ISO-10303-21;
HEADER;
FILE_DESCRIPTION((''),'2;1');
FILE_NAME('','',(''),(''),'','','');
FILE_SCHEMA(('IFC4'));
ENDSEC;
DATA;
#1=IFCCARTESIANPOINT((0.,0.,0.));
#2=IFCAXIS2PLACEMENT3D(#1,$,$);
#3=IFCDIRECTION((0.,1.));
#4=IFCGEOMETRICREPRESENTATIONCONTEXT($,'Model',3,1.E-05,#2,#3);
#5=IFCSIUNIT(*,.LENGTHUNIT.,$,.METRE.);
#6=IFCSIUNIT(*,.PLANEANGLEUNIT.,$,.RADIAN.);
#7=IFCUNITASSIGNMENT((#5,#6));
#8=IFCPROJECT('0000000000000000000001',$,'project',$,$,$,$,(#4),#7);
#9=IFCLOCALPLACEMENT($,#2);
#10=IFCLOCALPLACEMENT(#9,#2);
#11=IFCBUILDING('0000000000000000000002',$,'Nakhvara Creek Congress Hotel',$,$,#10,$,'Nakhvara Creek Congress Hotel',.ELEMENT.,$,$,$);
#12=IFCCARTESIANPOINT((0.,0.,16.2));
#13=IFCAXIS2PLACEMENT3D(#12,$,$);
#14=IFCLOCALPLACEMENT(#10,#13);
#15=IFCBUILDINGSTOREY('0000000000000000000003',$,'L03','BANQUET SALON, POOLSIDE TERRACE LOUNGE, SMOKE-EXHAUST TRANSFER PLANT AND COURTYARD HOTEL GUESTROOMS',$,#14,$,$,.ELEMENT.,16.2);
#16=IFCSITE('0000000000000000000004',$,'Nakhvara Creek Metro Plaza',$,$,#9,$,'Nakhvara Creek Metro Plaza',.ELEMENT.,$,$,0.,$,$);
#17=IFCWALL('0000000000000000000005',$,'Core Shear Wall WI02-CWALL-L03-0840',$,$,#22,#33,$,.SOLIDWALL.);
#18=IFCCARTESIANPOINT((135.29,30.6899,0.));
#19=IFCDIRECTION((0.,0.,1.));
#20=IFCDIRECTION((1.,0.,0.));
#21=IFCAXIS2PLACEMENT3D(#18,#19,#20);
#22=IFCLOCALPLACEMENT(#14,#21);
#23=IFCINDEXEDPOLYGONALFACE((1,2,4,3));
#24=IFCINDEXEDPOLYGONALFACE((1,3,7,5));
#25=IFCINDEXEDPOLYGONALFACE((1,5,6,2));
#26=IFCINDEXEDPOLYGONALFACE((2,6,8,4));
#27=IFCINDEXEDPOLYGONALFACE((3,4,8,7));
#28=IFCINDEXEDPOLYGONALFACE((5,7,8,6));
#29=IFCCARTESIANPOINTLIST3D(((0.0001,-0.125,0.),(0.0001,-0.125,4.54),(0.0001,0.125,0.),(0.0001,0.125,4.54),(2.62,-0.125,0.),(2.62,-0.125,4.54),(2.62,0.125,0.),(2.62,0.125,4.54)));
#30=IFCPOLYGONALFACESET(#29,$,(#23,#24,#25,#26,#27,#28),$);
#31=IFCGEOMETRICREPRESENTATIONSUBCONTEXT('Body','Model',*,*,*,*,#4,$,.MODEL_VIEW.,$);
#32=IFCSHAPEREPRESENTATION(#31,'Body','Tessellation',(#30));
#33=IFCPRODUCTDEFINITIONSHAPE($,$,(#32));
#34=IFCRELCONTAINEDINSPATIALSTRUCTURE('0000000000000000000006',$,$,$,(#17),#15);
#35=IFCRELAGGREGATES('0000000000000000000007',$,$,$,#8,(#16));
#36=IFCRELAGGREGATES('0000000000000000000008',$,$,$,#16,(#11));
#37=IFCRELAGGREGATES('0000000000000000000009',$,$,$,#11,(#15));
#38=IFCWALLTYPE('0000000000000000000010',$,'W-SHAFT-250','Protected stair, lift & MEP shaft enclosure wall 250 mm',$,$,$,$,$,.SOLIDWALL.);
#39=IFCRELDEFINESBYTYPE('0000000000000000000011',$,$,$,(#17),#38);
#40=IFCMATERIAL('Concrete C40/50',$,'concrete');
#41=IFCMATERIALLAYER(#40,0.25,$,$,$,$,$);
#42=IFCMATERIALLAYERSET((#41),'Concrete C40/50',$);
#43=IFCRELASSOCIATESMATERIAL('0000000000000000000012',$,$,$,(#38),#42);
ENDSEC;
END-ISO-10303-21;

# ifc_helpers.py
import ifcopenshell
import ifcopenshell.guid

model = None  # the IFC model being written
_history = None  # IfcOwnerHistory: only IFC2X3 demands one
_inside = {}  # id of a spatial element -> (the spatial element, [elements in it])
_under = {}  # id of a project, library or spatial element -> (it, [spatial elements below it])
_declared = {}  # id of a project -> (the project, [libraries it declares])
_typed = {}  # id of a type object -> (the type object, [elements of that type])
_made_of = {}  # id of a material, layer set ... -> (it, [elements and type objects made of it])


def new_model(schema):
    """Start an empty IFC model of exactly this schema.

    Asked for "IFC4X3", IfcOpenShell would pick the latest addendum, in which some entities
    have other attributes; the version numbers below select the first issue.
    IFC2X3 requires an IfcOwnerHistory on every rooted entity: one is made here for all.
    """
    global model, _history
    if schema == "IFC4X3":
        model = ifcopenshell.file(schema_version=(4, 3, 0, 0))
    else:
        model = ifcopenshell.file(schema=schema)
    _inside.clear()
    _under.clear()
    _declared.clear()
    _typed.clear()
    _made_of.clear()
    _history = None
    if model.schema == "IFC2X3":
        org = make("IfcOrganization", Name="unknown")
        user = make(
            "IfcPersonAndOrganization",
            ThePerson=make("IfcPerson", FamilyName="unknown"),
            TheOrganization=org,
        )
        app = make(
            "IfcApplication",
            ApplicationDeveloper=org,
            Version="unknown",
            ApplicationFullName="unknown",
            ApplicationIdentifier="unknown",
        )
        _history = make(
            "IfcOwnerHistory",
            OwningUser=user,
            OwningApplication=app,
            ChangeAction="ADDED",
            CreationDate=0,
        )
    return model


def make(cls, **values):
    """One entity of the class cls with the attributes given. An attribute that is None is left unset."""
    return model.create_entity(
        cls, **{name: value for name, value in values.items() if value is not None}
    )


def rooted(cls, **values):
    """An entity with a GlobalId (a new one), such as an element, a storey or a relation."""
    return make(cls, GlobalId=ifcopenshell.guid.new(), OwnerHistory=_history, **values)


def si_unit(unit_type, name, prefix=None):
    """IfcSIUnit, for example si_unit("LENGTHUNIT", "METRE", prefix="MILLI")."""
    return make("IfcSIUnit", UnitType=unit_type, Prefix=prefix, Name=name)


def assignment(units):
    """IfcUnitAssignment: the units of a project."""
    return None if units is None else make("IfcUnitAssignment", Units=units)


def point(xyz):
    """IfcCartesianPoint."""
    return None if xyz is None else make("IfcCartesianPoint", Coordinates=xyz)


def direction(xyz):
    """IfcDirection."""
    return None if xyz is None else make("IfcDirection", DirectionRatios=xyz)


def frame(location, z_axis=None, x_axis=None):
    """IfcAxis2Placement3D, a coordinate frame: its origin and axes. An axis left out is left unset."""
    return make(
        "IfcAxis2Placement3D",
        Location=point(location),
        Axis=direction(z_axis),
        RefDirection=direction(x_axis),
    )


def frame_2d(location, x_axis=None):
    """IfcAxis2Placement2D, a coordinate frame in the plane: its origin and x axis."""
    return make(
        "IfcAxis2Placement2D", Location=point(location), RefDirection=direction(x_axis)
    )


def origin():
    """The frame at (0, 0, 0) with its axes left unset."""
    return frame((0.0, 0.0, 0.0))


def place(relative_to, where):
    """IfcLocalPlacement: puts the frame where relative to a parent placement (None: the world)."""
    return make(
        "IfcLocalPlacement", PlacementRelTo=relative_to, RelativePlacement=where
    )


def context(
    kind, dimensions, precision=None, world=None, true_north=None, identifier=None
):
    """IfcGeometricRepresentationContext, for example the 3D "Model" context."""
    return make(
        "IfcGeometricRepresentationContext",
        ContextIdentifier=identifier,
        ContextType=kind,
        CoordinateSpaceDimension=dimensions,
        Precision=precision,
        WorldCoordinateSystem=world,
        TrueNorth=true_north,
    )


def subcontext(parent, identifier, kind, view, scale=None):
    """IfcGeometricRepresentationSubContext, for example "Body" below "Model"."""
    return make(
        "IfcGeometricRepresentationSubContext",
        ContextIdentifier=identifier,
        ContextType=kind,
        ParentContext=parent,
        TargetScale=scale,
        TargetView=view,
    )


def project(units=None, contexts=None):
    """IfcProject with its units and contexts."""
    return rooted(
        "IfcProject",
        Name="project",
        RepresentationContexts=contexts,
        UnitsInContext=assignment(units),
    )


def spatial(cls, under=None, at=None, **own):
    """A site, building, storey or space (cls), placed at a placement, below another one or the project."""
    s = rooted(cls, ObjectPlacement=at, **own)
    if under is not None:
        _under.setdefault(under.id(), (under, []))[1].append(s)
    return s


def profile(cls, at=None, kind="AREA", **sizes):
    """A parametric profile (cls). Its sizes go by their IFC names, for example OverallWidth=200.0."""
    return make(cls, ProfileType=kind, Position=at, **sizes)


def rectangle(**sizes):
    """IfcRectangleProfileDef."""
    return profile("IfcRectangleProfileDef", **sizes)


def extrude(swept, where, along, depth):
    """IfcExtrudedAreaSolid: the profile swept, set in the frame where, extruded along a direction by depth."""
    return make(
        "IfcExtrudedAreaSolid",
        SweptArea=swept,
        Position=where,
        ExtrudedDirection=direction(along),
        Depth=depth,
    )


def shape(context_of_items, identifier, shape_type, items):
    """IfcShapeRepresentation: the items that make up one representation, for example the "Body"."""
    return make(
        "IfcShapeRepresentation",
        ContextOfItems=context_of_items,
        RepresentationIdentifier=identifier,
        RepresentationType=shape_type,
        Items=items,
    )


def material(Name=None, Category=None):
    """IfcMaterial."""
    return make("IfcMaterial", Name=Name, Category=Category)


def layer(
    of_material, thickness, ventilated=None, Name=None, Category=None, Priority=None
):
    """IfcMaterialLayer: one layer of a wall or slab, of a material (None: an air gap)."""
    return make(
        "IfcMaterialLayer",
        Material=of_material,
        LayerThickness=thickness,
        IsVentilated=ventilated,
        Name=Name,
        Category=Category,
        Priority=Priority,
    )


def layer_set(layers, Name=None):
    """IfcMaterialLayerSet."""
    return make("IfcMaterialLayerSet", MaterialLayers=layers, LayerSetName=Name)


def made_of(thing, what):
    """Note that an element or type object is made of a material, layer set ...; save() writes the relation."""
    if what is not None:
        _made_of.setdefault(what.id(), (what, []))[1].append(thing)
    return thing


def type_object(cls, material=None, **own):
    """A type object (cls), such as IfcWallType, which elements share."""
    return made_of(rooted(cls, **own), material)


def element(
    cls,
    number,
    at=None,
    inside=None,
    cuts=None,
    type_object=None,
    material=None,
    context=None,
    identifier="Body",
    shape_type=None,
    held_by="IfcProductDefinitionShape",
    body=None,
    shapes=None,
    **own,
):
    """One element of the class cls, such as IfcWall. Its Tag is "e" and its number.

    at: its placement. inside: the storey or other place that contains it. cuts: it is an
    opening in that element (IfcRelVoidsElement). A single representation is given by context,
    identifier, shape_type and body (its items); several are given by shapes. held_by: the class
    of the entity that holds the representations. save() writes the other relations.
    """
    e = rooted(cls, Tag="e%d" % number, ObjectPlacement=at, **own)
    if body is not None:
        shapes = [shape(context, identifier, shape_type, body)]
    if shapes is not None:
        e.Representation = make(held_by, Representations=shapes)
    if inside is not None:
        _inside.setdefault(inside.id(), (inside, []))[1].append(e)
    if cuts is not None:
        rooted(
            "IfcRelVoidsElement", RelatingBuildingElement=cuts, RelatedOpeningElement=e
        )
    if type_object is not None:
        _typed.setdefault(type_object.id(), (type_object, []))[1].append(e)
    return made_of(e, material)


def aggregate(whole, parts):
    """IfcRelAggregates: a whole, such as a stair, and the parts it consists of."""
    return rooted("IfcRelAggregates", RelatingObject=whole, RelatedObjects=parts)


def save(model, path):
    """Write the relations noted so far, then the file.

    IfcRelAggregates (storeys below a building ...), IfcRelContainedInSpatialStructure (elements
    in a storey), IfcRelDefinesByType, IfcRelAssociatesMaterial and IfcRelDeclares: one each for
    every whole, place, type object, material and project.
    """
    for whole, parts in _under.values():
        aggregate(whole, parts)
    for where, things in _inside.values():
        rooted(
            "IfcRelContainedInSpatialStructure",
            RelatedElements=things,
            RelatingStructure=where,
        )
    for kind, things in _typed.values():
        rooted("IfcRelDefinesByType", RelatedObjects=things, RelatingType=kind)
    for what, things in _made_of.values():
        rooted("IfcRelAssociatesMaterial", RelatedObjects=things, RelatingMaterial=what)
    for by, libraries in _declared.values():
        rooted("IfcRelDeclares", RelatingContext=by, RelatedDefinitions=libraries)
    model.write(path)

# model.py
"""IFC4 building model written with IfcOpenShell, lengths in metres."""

from ifc_helpers import new_model, si_unit, direction, frame, frame_2d, origin, place, context, subcontext, project, spatial, rectangle, extrude, material, layer, layer_set, type_object, element, save


model = new_model("IFC4")

# Units and contexts
model_context = context("Model", 3, precision=1e-05, world=origin(), true_north=direction((0.0, 1.0)))
body_context = subcontext(model_context, "Body", "Model", "MODEL_VIEW")
ifc_project = project(units=[si_unit("LENGTHUNIT", "METRE"), si_unit("PLANEANGLEUNIT", "RADIAN")], contexts=[model_context])

# Site, building, storey
site_placement = place(None, origin())
site = spatial("IfcSite", under=ifc_project, at=site_placement, Name="Nakhvara Creek Metro Plaza", LongName="Nakhvara Creek Metro Plaza", CompositionType="ELEMENT", RefElevation=0.0)
building_placement = place(site_placement, origin())
building = spatial("IfcBuilding", under=site, at=building_placement, Name="Nakhvara Creek Congress Hotel", LongName="Nakhvara Creek Congress Hotel", CompositionType="ELEMENT")
storey_placement = place(building_placement, frame((0.0, 0.0, 16.2)))
storey = spatial("IfcBuildingStorey", under=building, at=storey_placement, Name="L03", Description="BANQUET SALON, POOLSIDE TERRACE LOUNGE, SMOKE-EXHAUST TRANSFER PLANT AND COURTYARD HOTEL GUESTROOMS", CompositionType="ELEMENT", Elevation=16.2)

# Shared definitions
ifc_material_1 = material(Name="Concrete C40/50", Category="concrete")

# Wall
ifc_layer_1 = layer(ifc_material_1, 0.25)
ifc_layer_set_1 = layer_set([ifc_layer_1], Name="Concrete C40/50")
wall_type_1 = type_object("IfcWallType", Name="W-SHAFT-250", Description="Protected stair, lift & MEP shaft enclosure wall 250 mm", PredefinedType="SOLIDWALL", material=ifc_layer_set_1)
wall_1_placement = place(storey_placement, frame((135.29, 30.6899, 0.0), z_axis=(0.0, 0.0, 1.0), x_axis=(1.0, 0.0, 0.0)))
element("IfcWall", 1, at=wall_1_placement, inside=storey, type_object=wall_type_1, Name="Core Shear Wall WI02-CWALL-L03-0840", PredefinedType="SOLIDWALL", context=body_context, shape_type="SweptSolid", body=[
    extrude(rectangle(XDim=2.6199, YDim=0.25, at=frame_2d((1.3101, 0.0))), origin(), (0.0, 0.0, 1.0), 4.54),
])

save(model, "model.ifc")
